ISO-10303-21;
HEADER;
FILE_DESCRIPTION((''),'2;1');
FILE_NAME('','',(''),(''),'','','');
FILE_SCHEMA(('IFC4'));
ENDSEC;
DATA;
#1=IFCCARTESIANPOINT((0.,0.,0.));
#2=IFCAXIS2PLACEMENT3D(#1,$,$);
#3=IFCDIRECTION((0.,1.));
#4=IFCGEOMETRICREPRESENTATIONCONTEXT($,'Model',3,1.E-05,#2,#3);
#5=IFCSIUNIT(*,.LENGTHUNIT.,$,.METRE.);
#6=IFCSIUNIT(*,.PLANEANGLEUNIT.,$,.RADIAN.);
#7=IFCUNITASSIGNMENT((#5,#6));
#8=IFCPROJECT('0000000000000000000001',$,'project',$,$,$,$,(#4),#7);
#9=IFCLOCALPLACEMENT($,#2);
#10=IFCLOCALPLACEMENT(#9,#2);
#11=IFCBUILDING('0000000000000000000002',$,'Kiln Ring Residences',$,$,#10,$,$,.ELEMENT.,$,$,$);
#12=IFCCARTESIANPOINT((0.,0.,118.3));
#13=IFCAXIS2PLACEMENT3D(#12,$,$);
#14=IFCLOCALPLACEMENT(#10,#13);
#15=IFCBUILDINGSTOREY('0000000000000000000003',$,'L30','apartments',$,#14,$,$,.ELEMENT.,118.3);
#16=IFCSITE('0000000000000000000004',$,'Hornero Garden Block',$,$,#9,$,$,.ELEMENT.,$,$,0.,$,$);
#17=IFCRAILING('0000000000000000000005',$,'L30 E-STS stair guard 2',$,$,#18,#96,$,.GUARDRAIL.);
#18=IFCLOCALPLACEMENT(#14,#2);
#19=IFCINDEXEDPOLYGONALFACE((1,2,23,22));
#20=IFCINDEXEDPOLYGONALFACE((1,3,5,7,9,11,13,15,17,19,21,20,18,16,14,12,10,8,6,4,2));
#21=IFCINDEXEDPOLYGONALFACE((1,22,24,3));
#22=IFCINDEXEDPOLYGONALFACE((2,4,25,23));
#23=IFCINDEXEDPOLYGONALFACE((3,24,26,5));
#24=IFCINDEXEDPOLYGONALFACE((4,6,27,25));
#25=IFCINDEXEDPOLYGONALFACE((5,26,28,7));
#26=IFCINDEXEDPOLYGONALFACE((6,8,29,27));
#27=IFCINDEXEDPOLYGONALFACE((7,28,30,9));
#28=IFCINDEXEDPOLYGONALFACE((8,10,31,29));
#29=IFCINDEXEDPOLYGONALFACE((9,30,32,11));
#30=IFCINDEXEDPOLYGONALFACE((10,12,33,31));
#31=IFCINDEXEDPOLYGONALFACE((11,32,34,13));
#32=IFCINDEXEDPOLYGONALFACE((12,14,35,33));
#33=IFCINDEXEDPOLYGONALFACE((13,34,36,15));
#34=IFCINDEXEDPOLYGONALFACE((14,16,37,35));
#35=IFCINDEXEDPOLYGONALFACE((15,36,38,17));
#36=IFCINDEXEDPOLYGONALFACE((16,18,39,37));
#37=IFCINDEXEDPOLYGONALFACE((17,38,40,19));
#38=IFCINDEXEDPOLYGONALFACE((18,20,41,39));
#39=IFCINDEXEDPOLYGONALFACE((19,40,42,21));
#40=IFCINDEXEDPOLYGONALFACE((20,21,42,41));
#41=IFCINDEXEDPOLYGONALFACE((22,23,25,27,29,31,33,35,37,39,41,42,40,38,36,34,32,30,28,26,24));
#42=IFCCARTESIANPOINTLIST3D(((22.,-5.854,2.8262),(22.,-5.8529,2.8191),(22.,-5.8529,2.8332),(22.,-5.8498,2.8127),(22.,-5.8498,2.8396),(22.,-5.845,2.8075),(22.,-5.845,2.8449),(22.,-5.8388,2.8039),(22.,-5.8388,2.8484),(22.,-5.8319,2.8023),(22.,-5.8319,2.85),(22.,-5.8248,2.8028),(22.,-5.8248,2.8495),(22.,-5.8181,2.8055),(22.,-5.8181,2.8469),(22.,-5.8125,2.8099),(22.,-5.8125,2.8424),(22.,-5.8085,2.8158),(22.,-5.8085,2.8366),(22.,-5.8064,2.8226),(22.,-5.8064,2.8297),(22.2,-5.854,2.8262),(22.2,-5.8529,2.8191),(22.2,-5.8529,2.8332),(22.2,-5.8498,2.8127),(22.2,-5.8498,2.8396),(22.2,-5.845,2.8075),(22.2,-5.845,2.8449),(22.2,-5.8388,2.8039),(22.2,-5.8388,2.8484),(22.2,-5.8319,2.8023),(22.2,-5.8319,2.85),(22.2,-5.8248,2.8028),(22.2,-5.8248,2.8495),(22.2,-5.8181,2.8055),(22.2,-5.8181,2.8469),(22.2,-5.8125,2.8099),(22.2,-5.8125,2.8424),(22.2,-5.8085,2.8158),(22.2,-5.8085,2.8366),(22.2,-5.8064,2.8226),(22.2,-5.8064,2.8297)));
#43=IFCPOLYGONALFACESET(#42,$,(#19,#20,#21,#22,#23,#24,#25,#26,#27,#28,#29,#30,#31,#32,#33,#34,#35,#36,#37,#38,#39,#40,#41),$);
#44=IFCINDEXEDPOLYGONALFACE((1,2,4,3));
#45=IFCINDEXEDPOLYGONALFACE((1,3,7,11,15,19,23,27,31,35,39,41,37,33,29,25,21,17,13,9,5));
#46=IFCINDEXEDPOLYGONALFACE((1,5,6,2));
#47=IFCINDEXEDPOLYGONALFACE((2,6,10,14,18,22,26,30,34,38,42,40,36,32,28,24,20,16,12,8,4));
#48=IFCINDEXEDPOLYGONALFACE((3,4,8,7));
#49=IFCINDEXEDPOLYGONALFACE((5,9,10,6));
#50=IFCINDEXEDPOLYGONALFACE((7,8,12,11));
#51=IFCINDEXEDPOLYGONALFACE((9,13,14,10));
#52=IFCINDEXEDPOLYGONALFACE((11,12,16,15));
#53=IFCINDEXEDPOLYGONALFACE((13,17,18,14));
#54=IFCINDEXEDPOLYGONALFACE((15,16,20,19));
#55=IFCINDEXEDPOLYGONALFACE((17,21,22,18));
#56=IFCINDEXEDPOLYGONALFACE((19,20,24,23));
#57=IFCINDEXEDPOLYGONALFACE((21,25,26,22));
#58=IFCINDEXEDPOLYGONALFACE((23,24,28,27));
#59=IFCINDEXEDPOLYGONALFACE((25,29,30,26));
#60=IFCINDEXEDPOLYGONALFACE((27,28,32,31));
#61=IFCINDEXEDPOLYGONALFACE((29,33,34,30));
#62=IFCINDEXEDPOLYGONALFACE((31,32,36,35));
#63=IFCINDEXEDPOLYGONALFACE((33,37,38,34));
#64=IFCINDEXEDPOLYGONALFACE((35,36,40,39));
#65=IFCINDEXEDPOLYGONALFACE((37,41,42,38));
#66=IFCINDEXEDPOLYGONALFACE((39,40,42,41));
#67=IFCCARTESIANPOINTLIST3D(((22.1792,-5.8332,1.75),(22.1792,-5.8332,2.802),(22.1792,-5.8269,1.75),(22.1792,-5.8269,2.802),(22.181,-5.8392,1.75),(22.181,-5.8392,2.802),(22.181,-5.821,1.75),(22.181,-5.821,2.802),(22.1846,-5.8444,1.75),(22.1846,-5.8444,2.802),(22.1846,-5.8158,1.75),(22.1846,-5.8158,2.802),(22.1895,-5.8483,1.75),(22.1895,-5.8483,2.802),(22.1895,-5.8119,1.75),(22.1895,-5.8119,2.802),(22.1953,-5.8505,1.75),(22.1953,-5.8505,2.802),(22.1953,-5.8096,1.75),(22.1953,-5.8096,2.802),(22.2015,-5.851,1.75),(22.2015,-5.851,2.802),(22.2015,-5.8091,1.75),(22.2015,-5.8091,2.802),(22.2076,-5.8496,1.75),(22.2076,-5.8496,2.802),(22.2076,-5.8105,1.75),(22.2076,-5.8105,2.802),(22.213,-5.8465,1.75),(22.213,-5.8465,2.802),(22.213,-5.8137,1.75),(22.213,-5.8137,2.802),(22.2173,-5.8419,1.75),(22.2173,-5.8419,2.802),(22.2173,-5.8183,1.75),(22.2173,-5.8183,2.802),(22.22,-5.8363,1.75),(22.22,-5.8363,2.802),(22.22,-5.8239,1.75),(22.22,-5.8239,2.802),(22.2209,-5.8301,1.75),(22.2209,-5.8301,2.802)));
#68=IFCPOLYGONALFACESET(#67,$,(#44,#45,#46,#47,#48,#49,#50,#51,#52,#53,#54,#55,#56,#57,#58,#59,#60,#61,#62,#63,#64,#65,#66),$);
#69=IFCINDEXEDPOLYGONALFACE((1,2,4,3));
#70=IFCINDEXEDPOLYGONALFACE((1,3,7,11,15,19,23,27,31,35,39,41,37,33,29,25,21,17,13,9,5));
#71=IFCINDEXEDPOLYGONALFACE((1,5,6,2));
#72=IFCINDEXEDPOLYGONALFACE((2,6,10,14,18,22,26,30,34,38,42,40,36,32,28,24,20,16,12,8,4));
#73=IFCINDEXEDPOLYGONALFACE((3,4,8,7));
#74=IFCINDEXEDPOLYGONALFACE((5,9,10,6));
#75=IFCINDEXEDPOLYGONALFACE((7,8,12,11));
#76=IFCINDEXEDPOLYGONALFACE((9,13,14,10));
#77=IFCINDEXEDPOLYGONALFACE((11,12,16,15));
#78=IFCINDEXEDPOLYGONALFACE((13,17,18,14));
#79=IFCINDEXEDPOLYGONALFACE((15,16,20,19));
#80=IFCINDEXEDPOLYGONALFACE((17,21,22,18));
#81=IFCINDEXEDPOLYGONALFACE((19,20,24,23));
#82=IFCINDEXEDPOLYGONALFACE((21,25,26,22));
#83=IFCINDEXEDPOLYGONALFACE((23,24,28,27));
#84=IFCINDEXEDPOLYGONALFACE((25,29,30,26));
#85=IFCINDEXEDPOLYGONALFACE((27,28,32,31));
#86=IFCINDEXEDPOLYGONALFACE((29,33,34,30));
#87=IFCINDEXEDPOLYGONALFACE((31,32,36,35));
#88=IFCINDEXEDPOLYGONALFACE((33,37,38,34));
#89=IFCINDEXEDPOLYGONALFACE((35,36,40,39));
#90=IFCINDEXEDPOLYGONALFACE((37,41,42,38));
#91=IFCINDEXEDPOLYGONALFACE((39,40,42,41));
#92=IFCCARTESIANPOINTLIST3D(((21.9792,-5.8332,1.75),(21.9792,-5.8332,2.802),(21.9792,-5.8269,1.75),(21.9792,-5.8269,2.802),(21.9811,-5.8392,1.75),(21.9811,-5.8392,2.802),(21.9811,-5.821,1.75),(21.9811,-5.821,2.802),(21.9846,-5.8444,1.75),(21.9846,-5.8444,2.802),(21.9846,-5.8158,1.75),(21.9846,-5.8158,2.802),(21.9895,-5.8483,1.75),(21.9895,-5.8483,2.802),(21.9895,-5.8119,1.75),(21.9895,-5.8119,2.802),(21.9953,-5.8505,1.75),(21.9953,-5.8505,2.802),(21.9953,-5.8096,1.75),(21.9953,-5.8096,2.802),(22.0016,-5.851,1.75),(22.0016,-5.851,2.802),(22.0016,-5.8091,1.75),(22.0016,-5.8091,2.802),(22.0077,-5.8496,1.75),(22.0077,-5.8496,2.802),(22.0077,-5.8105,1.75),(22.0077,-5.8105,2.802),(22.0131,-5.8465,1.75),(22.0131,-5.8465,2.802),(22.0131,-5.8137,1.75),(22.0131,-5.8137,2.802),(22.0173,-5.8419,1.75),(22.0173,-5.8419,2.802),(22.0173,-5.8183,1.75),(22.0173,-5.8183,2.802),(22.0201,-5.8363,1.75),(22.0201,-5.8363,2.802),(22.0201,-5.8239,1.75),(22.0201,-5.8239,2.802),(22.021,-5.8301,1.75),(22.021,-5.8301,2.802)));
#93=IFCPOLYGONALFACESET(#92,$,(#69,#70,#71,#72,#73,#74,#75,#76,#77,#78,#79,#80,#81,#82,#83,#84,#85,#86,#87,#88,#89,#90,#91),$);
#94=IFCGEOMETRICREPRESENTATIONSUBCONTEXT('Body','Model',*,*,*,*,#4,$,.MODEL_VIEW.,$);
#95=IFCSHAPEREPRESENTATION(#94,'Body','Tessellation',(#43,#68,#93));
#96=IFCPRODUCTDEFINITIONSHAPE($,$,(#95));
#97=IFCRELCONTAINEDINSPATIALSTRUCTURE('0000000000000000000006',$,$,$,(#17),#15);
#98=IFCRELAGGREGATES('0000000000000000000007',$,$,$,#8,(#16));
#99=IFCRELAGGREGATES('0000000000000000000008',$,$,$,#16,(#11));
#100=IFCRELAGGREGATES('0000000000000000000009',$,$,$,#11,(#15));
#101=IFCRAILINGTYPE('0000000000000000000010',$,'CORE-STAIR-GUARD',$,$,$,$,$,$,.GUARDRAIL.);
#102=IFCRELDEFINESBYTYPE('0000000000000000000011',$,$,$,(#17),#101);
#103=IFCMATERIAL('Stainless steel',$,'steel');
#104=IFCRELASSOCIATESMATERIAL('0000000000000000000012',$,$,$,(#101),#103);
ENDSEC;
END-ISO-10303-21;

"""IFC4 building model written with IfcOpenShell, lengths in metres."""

from ifc_helpers import new_model, si_unit, direction, frame, origin, origin_2d, place, context, subcontext, project, spatial, circle, extrude, material, type_object, element, save


model = new_model("IFC4")

# Units and contexts
model_context = context("Model", 3, precision=1e-05, world=origin(), true_north=direction((0.0, 1.0)))
body_context = subcontext(model_context, "Body", "Model", "MODEL_VIEW")
ifc_project = project(units=[si_unit("LENGTHUNIT", "METRE"), si_unit("PLANEANGLEUNIT", "RADIAN")], contexts=[model_context])

# Site, building, storey
site_placement = place(None, origin())
site = spatial("IfcSite", under=ifc_project, at=site_placement, Name="Hornero Garden Block", CompositionType="ELEMENT", RefElevation=0.0)
building_placement = place(site_placement, origin())
building = spatial("IfcBuilding", under=site, at=building_placement, Name="Kiln Ring Residences", CompositionType="ELEMENT")
storey_placement = place(building_placement, frame((0.0, 0.0, 118.3)))
storey = spatial("IfcBuildingStorey", under=building, at=storey_placement, Name="L30", Description="apartments", CompositionType="ELEMENT", Elevation=118.3)

# Railing
ifc_material_1 = material(Name="Stainless steel", Category="steel")
railing_type_1 = type_object("IfcRailingType", Name="CORE-STAIR-GUARD", PredefinedType="GUARDRAIL", material=ifc_material_1)
railing_1_placement = place(storey_placement, frame((22.2, -5.8301, 1.75)))
element("IfcRailing", 1, at=railing_1_placement, inside=storey, type_object=railing_type_1, Name="L30 E-STS stair guard 2", PredefinedType="GUARDRAIL", context=body_context, shape_type="SweptSolid", body=[
    extrude(circle(Radius=0.0239, at=origin_2d()), frame((0.0, 0.0, 1.0762), z_axis=(-1.0, 0.0, 0.0), x_axis=(0.0, -1.0, 0.0)), (0.0, 0.0, 1.0), 0.2),
    extrude(circle(Radius=0.021, at=origin_2d()), origin(), (0.0, 0.0, 1.0), 1.052),
    extrude(circle(Radius=0.021, at=origin_2d()), frame((-0.2, 0.0, 0.0)), (0.0, 0.0, 1.0), 1.052),
])

save(model, "model.ifc")
